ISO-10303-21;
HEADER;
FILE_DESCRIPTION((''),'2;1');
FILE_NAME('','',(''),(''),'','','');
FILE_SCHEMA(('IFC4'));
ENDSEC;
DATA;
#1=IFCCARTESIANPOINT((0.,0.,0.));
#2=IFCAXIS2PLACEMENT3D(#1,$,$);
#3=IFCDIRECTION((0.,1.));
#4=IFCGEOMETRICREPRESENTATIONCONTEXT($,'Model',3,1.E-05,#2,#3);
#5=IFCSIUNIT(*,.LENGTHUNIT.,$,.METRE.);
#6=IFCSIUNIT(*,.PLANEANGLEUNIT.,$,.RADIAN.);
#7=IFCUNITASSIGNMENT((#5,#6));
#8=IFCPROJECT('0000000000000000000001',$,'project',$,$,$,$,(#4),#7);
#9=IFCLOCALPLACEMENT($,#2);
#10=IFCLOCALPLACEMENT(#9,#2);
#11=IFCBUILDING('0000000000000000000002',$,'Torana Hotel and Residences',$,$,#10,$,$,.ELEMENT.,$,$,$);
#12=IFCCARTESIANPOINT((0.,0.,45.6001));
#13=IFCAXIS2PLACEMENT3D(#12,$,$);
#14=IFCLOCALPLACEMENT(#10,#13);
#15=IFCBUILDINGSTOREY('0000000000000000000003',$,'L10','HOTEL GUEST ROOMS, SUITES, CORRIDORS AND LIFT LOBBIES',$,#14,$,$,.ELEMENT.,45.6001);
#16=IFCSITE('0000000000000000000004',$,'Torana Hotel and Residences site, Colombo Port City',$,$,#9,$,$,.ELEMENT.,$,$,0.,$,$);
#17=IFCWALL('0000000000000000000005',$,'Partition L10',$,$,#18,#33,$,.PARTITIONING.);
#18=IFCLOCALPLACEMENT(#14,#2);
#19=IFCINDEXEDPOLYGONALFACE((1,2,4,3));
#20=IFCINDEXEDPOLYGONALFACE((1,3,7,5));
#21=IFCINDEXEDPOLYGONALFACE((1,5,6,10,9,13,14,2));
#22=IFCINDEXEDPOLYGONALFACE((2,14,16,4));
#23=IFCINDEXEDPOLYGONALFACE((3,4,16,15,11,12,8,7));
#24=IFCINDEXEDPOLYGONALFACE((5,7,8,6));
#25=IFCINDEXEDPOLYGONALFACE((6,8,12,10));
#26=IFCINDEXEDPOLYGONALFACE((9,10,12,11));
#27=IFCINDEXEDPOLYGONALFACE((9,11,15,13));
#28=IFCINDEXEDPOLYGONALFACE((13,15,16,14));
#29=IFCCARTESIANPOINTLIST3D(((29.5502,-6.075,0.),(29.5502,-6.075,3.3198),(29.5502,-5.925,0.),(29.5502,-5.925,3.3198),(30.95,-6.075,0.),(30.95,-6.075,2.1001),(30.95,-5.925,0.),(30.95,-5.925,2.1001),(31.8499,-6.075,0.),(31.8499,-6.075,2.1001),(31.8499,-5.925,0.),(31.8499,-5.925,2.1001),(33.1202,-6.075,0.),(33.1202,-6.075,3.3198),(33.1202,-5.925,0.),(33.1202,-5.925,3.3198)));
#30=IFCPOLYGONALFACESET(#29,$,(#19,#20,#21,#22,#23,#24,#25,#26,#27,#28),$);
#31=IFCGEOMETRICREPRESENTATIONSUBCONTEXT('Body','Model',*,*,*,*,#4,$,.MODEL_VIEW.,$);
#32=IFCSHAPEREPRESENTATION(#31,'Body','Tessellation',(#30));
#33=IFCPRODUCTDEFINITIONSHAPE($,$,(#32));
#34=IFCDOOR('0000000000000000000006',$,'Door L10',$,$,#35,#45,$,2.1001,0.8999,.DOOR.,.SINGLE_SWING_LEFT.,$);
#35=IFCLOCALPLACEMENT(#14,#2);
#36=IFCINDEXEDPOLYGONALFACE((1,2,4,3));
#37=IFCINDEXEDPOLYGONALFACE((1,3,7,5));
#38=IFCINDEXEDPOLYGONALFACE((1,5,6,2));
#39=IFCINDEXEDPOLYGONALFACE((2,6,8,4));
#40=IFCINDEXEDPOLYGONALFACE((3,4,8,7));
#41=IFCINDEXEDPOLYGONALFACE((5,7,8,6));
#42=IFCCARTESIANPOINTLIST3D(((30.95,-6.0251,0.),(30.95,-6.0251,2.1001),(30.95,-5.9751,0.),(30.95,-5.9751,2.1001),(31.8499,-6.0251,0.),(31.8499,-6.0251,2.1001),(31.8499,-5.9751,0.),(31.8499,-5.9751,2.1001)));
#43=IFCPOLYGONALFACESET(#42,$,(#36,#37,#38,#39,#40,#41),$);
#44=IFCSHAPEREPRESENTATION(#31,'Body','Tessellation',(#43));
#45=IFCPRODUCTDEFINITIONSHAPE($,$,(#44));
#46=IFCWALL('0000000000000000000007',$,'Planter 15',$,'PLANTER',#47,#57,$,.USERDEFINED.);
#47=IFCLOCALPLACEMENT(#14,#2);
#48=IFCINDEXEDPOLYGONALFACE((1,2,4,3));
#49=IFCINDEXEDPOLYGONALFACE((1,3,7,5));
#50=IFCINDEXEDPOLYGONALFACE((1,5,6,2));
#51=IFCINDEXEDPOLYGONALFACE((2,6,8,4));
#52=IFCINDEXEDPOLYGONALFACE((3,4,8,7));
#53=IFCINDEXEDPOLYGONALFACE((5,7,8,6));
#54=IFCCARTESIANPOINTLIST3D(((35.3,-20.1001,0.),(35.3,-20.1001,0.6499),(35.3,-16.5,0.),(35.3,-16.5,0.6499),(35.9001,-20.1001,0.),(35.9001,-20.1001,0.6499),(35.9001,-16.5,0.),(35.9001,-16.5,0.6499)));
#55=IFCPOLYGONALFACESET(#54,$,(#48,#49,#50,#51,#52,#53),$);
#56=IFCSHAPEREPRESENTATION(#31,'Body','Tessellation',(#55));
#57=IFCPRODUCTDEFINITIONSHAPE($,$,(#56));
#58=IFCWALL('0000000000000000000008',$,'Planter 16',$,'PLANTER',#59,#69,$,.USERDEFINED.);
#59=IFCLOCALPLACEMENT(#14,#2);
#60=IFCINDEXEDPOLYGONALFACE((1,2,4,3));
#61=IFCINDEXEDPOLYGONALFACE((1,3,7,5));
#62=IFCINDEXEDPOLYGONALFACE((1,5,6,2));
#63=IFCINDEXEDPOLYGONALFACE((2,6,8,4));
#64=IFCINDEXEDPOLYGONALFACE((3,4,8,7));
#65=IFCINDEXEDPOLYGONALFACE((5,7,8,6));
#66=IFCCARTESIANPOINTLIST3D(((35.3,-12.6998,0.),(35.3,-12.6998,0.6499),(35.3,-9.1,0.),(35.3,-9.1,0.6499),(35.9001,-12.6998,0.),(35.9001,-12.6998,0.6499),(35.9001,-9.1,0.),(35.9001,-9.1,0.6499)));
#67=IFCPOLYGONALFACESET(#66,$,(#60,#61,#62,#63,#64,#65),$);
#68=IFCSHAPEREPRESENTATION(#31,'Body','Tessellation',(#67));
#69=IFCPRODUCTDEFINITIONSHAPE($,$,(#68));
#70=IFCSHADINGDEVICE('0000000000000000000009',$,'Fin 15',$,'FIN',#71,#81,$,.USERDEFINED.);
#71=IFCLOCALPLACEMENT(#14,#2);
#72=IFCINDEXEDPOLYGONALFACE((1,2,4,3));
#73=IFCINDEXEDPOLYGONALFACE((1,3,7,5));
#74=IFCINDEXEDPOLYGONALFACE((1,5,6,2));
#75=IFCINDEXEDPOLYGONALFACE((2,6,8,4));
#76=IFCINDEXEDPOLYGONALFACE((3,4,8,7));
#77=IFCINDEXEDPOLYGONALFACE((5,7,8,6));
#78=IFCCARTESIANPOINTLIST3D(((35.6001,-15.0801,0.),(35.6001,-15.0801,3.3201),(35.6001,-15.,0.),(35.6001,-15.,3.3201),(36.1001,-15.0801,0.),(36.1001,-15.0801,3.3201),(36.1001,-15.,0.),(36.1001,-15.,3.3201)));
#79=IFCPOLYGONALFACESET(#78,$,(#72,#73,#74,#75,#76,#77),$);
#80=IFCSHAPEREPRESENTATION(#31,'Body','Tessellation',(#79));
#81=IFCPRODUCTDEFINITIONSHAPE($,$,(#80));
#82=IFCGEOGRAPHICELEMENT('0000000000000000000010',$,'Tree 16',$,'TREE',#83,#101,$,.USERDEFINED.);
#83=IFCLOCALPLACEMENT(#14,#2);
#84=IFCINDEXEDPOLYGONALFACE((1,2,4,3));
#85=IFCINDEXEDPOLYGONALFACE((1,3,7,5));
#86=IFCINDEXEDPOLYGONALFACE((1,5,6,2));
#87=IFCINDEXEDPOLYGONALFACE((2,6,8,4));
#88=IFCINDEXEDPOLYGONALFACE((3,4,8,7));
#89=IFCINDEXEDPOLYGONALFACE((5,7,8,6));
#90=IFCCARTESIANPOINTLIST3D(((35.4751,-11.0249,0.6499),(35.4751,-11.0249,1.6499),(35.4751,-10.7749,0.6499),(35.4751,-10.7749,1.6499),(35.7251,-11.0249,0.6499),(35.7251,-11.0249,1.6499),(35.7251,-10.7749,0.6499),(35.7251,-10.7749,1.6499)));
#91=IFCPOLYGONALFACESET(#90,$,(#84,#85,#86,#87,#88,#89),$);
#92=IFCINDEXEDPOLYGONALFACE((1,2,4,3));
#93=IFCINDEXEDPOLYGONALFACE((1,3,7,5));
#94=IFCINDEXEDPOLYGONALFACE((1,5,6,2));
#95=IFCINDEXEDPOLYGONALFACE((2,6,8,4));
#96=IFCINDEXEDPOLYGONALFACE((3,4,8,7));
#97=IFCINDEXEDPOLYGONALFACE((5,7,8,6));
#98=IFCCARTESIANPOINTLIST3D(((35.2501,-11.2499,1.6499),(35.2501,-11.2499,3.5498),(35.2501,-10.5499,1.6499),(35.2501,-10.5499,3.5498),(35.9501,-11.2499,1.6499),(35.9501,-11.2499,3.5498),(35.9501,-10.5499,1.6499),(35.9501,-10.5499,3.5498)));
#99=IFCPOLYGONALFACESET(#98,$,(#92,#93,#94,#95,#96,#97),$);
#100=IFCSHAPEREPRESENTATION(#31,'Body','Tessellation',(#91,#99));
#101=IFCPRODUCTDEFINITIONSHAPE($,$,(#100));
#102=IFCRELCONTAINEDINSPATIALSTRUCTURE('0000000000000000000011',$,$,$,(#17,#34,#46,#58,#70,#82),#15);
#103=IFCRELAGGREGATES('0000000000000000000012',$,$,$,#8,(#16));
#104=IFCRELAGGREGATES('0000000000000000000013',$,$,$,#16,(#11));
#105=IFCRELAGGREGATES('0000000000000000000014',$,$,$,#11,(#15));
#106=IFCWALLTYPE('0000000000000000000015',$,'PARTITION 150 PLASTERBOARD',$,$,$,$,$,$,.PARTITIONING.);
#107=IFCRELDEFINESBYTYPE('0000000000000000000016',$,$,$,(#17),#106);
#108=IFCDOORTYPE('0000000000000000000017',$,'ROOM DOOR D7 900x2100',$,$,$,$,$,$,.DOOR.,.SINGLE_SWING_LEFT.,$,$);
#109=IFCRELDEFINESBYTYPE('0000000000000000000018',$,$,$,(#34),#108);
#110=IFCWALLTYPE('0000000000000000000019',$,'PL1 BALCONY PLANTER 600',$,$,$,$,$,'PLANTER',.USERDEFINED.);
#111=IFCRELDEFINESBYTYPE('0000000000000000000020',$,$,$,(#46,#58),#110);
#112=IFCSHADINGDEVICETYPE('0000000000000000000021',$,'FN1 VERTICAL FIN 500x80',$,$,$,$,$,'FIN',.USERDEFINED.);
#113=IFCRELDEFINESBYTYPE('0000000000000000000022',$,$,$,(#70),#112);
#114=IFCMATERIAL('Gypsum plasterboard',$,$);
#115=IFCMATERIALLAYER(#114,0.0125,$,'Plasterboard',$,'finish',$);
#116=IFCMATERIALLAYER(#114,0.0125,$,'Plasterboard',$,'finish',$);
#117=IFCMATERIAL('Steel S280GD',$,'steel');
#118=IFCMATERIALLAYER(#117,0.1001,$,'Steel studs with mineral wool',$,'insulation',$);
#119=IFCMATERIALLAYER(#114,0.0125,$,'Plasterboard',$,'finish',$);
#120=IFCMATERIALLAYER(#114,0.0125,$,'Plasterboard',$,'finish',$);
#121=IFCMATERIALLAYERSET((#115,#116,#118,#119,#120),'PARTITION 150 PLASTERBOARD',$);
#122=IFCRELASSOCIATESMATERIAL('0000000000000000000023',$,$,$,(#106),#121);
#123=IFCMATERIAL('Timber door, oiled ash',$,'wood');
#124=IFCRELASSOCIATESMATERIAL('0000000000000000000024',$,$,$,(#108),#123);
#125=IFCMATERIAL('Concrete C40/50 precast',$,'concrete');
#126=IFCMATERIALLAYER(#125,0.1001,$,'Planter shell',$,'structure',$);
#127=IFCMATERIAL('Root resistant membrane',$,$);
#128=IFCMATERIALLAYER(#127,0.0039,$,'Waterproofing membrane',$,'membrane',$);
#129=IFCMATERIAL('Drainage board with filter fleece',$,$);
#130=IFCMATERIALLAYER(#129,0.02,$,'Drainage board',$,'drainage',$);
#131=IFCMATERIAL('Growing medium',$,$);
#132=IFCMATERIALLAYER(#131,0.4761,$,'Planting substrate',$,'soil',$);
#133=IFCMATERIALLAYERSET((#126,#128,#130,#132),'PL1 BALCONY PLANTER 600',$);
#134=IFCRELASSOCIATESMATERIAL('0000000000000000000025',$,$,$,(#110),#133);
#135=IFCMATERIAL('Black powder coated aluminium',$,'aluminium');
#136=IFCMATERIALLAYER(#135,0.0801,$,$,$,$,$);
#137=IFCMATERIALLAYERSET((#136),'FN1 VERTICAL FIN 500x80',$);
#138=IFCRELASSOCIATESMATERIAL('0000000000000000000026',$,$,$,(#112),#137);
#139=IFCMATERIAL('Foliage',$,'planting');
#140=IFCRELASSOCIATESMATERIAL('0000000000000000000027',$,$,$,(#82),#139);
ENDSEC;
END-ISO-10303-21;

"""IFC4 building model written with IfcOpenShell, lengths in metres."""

from ifc_helpers import new_model, si_unit, direction, frame, frame_2d, origin, origin_2d, place, context, subcontext, project, spatial, rectangle, extrude, material, layer, layer_set, type_object, element, fill, save


model = new_model("IFC4")

# Units and contexts
model_context = context("Model", 3, precision=1e-05, world=origin(), true_north=direction((0.0, 1.0)))
body_context = subcontext(model_context, "Body", "Model", "MODEL_VIEW")
ifc_project = project(units=[si_unit("LENGTHUNIT", "METRE"), si_unit("PLANEANGLEUNIT", "RADIAN")], contexts=[model_context])

# Site, building, storey
site_placement = place(None, origin())
site = spatial("IfcSite", under=ifc_project, at=site_placement, Name="Torana Hotel and Residences site, Colombo Port City", CompositionType="ELEMENT", RefElevation=0.0)
building_placement = place(site_placement, origin())
building = spatial("IfcBuilding", under=site, at=building_placement, Name="Torana Hotel and Residences", CompositionType="ELEMENT")
storey_placement = place(building_placement, frame((0.0, 0.0, 45.6001)))
storey = spatial("IfcBuildingStorey", under=building, at=storey_placement, Name="L10", Description="HOTEL GUEST ROOMS, SUITES, CORRIDORS AND LIFT LOBBIES", CompositionType="ELEMENT", Elevation=45.6001)

# Shared definitions
ifc_material_1 = material(Name="Steel S280GD", Category="steel")

# Shared definitions
ifc_material_2 = material(Name="Concrete C40/50 precast", Category="concrete")

# Shared definitions
ifc_material_3 = material(Name="Gypsum plasterboard")
ifc_layer_1 = layer(ifc_material_3, 0.0125, Name="Plasterboard", Category="finish")
ifc_layer_2 = layer(ifc_material_3, 0.0125, Name="Plasterboard", Category="finish")
ifc_layer_3 = layer(ifc_material_1, 0.1001, Name="Steel studs with mineral wool", Category="insulation")
ifc_layer_4 = layer(ifc_material_3, 0.0125, Name="Plasterboard", Category="finish")
ifc_layer_5 = layer(ifc_material_3, 0.0125, Name="Plasterboard", Category="finish")
ifc_layer_set_1 = layer_set([ifc_layer_1, ifc_layer_2, ifc_layer_3, ifc_layer_4, ifc_layer_5], Name="PARTITION 150 PLASTERBOARD")
wall_type_1 = type_object("IfcWallType", Name="PARTITION 150 PLASTERBOARD", PredefinedType="PARTITIONING", material=ifc_layer_set_1)

# Wall, opening, door
wall_1_placement = place(storey_placement, frame((29.55, -6.0, 0.0), z_axis=(0.0, 0.0, 1.0), x_axis=(1.0, 0.0, 0.0)))
wall_1 = element("IfcWall", 1, at=wall_1_placement, inside=storey, type_object=wall_type_1, Name="Partition L10", PredefinedType="PARTITIONING", context=body_context, shape_type="SweptSolid", body=[
    extrude(rectangle(XDim=3.5701, YDim=0.1499, at=frame_2d((1.7852, 0.0))), origin(), (0.0, 0.0, 1.0), 3.3198),
])
opening_1_placement = place(wall_1_placement, frame((1.3999, 0.0, 0.0)))
opening_1 = element("IfcOpeningElement", 2, at=opening_1_placement, cuts=wall_1, PredefinedType="OPENING", context=body_context, shape_type="SweptSolid", body=[
    extrude(rectangle(XDim=0.8999, YDim=2.1001, at=frame_2d((0.45, 1.05))), frame((0.0, 0.085, 0.0), z_axis=(0.0, -1.0, 0.0), x_axis=(1.0, 0.0, 0.0)), (0.0, 0.0, 1.0), 0.1699),
])
ifc_material_4 = material(Name="Timber door, oiled ash", Category="wood")
door_type_1 = type_object("IfcDoorType", Name="ROOM DOOR D7 900x2100", OperationType="SINGLE_SWING_LEFT", PredefinedType="DOOR", material=ifc_material_4)
door_1_placement = place(opening_1_placement, origin())
door_1 = element("IfcDoor", 3, at=door_1_placement, inside=storey, type_object=door_type_1, Name="Door L10", OperationType="SINGLE_SWING_LEFT", OverallHeight=2.1001, OverallWidth=0.8999, PredefinedType="DOOR", context=body_context, shape_type="SweptSolid", body=[
    extrude(rectangle(XDim=0.8999, YDim=2.1001, at=frame_2d((0.45, 1.05))), frame((0.0, 0.0249, 0.0), z_axis=(0.0, -1.0, 0.0), x_axis=(1.0, 0.0, 0.0)), (0.0, 0.0, 1.0), 0.05),
])
fill(opening_1, door_1)

# Walls
ifc_layer_6 = layer(ifc_material_2, 0.1001, Name="Planter shell", Category="structure")
ifc_material_5 = material(Name="Root resistant membrane")
ifc_layer_7 = layer(ifc_material_5, 0.0039, Name="Waterproofing membrane", Category="membrane")
ifc_material_6 = material(Name="Drainage board with filter fleece")
ifc_layer_8 = layer(ifc_material_6, 0.02, Name="Drainage board", Category="drainage")
ifc_material_7 = material(Name="Growing medium")
ifc_layer_9 = layer(ifc_material_7, 0.4761, Name="Planting substrate", Category="soil")
ifc_layer_set_2 = layer_set([ifc_layer_6, ifc_layer_7, ifc_layer_8, ifc_layer_9], Name="PL1 BALCONY PLANTER 600")
wall_type_2 = type_object("IfcWallType", Name="PL1 BALCONY PLANTER 600", ElementType="PLANTER", PredefinedType="USERDEFINED", material=ifc_layer_set_2)
wall_2_placement = place(storey_placement, frame((35.6001, -16.5, 0.0), z_axis=(0.0, 0.0, 1.0), x_axis=(0.0, -1.0, 0.0)))
element("IfcWall", 4, at=wall_2_placement, inside=storey, type_object=wall_type_2, Name="Planter 15", ObjectType="PLANTER", PredefinedType="USERDEFINED", context=body_context, shape_type="SweptSolid", body=[
    extrude(rectangle(XDim=3.6001, YDim=0.6001, at=frame_2d((1.8, 0.0))), origin(), (0.0, 0.0, 1.0), 0.6499),
])
wall_3_placement = place(storey_placement, frame((35.6001, -9.1001, 0.0), z_axis=(0.0, 0.0, 1.0), x_axis=(0.0, -1.0, 0.0)))
element("IfcWall", 5, at=wall_3_placement, inside=storey, type_object=wall_type_2, Name="Planter 16", ObjectType="PLANTER", PredefinedType="USERDEFINED", context=body_context, shape_type="SweptSolid", body=[
    extrude(rectangle(XDim=3.5999, YDim=0.6001, at=frame_2d((1.7998, 0.0))), origin(), (0.0, 0.0, 1.0), 0.6499),
])

# Shading device
ifc_material_8 = material(Name="Black powder coated aluminium", Category="aluminium")
ifc_layer_10 = layer(ifc_material_8, 0.0801)
ifc_layer_set_3 = layer_set([ifc_layer_10], Name="FN1 VERTICAL FIN 500x80")
shading_device_type = type_object("IfcShadingDeviceType", Name="FN1 VERTICAL FIN 500x80", ElementType="FIN", PredefinedType="USERDEFINED", material=ifc_layer_set_3)
shading_device_placement = place(storey_placement, frame((35.8501, -15.04, 0.0), z_axis=(0.0, 0.0, 1.0), x_axis=(0.0, -1.0, 0.0)))
element("IfcShadingDevice", 6, at=shading_device_placement, inside=storey, type_object=shading_device_type, Name="Fin 15", ObjectType="FIN", PredefinedType="USERDEFINED", context=body_context, shape_type="SweptSolid", body=[
    extrude(rectangle(XDim=0.0801, YDim=0.5, at=origin_2d()), origin(), (0.0, 0.0, 1.0), 3.3201),
])

# Geographic element
ifc_material_9 = material(Name="Foliage", Category="planting")
geographic_element_placement = place(storey_placement, frame((35.6001, -10.8999, 0.6499), z_axis=(0.0, 0.0, 1.0), x_axis=(1.0, 0.0, 0.0)))
element("IfcGeographicElement", 7, at=geographic_element_placement, inside=storey, material=ifc_material_9, Name="Tree 16", ObjectType="TREE", PredefinedType="USERDEFINED", context=body_context, shape_type="SweptSolid", body=[
    extrude(rectangle(XDim=0.25, YDim=0.25, at=origin_2d()), origin(), (0.0, 0.0, 1.0), 1.0),
    extrude(rectangle(XDim=0.7, YDim=0.7, at=origin_2d()), frame((0.0, 0.0, 1.0)), (0.0, 0.0, 1.0), 1.8999),
])

save(model, "model.ifc")
